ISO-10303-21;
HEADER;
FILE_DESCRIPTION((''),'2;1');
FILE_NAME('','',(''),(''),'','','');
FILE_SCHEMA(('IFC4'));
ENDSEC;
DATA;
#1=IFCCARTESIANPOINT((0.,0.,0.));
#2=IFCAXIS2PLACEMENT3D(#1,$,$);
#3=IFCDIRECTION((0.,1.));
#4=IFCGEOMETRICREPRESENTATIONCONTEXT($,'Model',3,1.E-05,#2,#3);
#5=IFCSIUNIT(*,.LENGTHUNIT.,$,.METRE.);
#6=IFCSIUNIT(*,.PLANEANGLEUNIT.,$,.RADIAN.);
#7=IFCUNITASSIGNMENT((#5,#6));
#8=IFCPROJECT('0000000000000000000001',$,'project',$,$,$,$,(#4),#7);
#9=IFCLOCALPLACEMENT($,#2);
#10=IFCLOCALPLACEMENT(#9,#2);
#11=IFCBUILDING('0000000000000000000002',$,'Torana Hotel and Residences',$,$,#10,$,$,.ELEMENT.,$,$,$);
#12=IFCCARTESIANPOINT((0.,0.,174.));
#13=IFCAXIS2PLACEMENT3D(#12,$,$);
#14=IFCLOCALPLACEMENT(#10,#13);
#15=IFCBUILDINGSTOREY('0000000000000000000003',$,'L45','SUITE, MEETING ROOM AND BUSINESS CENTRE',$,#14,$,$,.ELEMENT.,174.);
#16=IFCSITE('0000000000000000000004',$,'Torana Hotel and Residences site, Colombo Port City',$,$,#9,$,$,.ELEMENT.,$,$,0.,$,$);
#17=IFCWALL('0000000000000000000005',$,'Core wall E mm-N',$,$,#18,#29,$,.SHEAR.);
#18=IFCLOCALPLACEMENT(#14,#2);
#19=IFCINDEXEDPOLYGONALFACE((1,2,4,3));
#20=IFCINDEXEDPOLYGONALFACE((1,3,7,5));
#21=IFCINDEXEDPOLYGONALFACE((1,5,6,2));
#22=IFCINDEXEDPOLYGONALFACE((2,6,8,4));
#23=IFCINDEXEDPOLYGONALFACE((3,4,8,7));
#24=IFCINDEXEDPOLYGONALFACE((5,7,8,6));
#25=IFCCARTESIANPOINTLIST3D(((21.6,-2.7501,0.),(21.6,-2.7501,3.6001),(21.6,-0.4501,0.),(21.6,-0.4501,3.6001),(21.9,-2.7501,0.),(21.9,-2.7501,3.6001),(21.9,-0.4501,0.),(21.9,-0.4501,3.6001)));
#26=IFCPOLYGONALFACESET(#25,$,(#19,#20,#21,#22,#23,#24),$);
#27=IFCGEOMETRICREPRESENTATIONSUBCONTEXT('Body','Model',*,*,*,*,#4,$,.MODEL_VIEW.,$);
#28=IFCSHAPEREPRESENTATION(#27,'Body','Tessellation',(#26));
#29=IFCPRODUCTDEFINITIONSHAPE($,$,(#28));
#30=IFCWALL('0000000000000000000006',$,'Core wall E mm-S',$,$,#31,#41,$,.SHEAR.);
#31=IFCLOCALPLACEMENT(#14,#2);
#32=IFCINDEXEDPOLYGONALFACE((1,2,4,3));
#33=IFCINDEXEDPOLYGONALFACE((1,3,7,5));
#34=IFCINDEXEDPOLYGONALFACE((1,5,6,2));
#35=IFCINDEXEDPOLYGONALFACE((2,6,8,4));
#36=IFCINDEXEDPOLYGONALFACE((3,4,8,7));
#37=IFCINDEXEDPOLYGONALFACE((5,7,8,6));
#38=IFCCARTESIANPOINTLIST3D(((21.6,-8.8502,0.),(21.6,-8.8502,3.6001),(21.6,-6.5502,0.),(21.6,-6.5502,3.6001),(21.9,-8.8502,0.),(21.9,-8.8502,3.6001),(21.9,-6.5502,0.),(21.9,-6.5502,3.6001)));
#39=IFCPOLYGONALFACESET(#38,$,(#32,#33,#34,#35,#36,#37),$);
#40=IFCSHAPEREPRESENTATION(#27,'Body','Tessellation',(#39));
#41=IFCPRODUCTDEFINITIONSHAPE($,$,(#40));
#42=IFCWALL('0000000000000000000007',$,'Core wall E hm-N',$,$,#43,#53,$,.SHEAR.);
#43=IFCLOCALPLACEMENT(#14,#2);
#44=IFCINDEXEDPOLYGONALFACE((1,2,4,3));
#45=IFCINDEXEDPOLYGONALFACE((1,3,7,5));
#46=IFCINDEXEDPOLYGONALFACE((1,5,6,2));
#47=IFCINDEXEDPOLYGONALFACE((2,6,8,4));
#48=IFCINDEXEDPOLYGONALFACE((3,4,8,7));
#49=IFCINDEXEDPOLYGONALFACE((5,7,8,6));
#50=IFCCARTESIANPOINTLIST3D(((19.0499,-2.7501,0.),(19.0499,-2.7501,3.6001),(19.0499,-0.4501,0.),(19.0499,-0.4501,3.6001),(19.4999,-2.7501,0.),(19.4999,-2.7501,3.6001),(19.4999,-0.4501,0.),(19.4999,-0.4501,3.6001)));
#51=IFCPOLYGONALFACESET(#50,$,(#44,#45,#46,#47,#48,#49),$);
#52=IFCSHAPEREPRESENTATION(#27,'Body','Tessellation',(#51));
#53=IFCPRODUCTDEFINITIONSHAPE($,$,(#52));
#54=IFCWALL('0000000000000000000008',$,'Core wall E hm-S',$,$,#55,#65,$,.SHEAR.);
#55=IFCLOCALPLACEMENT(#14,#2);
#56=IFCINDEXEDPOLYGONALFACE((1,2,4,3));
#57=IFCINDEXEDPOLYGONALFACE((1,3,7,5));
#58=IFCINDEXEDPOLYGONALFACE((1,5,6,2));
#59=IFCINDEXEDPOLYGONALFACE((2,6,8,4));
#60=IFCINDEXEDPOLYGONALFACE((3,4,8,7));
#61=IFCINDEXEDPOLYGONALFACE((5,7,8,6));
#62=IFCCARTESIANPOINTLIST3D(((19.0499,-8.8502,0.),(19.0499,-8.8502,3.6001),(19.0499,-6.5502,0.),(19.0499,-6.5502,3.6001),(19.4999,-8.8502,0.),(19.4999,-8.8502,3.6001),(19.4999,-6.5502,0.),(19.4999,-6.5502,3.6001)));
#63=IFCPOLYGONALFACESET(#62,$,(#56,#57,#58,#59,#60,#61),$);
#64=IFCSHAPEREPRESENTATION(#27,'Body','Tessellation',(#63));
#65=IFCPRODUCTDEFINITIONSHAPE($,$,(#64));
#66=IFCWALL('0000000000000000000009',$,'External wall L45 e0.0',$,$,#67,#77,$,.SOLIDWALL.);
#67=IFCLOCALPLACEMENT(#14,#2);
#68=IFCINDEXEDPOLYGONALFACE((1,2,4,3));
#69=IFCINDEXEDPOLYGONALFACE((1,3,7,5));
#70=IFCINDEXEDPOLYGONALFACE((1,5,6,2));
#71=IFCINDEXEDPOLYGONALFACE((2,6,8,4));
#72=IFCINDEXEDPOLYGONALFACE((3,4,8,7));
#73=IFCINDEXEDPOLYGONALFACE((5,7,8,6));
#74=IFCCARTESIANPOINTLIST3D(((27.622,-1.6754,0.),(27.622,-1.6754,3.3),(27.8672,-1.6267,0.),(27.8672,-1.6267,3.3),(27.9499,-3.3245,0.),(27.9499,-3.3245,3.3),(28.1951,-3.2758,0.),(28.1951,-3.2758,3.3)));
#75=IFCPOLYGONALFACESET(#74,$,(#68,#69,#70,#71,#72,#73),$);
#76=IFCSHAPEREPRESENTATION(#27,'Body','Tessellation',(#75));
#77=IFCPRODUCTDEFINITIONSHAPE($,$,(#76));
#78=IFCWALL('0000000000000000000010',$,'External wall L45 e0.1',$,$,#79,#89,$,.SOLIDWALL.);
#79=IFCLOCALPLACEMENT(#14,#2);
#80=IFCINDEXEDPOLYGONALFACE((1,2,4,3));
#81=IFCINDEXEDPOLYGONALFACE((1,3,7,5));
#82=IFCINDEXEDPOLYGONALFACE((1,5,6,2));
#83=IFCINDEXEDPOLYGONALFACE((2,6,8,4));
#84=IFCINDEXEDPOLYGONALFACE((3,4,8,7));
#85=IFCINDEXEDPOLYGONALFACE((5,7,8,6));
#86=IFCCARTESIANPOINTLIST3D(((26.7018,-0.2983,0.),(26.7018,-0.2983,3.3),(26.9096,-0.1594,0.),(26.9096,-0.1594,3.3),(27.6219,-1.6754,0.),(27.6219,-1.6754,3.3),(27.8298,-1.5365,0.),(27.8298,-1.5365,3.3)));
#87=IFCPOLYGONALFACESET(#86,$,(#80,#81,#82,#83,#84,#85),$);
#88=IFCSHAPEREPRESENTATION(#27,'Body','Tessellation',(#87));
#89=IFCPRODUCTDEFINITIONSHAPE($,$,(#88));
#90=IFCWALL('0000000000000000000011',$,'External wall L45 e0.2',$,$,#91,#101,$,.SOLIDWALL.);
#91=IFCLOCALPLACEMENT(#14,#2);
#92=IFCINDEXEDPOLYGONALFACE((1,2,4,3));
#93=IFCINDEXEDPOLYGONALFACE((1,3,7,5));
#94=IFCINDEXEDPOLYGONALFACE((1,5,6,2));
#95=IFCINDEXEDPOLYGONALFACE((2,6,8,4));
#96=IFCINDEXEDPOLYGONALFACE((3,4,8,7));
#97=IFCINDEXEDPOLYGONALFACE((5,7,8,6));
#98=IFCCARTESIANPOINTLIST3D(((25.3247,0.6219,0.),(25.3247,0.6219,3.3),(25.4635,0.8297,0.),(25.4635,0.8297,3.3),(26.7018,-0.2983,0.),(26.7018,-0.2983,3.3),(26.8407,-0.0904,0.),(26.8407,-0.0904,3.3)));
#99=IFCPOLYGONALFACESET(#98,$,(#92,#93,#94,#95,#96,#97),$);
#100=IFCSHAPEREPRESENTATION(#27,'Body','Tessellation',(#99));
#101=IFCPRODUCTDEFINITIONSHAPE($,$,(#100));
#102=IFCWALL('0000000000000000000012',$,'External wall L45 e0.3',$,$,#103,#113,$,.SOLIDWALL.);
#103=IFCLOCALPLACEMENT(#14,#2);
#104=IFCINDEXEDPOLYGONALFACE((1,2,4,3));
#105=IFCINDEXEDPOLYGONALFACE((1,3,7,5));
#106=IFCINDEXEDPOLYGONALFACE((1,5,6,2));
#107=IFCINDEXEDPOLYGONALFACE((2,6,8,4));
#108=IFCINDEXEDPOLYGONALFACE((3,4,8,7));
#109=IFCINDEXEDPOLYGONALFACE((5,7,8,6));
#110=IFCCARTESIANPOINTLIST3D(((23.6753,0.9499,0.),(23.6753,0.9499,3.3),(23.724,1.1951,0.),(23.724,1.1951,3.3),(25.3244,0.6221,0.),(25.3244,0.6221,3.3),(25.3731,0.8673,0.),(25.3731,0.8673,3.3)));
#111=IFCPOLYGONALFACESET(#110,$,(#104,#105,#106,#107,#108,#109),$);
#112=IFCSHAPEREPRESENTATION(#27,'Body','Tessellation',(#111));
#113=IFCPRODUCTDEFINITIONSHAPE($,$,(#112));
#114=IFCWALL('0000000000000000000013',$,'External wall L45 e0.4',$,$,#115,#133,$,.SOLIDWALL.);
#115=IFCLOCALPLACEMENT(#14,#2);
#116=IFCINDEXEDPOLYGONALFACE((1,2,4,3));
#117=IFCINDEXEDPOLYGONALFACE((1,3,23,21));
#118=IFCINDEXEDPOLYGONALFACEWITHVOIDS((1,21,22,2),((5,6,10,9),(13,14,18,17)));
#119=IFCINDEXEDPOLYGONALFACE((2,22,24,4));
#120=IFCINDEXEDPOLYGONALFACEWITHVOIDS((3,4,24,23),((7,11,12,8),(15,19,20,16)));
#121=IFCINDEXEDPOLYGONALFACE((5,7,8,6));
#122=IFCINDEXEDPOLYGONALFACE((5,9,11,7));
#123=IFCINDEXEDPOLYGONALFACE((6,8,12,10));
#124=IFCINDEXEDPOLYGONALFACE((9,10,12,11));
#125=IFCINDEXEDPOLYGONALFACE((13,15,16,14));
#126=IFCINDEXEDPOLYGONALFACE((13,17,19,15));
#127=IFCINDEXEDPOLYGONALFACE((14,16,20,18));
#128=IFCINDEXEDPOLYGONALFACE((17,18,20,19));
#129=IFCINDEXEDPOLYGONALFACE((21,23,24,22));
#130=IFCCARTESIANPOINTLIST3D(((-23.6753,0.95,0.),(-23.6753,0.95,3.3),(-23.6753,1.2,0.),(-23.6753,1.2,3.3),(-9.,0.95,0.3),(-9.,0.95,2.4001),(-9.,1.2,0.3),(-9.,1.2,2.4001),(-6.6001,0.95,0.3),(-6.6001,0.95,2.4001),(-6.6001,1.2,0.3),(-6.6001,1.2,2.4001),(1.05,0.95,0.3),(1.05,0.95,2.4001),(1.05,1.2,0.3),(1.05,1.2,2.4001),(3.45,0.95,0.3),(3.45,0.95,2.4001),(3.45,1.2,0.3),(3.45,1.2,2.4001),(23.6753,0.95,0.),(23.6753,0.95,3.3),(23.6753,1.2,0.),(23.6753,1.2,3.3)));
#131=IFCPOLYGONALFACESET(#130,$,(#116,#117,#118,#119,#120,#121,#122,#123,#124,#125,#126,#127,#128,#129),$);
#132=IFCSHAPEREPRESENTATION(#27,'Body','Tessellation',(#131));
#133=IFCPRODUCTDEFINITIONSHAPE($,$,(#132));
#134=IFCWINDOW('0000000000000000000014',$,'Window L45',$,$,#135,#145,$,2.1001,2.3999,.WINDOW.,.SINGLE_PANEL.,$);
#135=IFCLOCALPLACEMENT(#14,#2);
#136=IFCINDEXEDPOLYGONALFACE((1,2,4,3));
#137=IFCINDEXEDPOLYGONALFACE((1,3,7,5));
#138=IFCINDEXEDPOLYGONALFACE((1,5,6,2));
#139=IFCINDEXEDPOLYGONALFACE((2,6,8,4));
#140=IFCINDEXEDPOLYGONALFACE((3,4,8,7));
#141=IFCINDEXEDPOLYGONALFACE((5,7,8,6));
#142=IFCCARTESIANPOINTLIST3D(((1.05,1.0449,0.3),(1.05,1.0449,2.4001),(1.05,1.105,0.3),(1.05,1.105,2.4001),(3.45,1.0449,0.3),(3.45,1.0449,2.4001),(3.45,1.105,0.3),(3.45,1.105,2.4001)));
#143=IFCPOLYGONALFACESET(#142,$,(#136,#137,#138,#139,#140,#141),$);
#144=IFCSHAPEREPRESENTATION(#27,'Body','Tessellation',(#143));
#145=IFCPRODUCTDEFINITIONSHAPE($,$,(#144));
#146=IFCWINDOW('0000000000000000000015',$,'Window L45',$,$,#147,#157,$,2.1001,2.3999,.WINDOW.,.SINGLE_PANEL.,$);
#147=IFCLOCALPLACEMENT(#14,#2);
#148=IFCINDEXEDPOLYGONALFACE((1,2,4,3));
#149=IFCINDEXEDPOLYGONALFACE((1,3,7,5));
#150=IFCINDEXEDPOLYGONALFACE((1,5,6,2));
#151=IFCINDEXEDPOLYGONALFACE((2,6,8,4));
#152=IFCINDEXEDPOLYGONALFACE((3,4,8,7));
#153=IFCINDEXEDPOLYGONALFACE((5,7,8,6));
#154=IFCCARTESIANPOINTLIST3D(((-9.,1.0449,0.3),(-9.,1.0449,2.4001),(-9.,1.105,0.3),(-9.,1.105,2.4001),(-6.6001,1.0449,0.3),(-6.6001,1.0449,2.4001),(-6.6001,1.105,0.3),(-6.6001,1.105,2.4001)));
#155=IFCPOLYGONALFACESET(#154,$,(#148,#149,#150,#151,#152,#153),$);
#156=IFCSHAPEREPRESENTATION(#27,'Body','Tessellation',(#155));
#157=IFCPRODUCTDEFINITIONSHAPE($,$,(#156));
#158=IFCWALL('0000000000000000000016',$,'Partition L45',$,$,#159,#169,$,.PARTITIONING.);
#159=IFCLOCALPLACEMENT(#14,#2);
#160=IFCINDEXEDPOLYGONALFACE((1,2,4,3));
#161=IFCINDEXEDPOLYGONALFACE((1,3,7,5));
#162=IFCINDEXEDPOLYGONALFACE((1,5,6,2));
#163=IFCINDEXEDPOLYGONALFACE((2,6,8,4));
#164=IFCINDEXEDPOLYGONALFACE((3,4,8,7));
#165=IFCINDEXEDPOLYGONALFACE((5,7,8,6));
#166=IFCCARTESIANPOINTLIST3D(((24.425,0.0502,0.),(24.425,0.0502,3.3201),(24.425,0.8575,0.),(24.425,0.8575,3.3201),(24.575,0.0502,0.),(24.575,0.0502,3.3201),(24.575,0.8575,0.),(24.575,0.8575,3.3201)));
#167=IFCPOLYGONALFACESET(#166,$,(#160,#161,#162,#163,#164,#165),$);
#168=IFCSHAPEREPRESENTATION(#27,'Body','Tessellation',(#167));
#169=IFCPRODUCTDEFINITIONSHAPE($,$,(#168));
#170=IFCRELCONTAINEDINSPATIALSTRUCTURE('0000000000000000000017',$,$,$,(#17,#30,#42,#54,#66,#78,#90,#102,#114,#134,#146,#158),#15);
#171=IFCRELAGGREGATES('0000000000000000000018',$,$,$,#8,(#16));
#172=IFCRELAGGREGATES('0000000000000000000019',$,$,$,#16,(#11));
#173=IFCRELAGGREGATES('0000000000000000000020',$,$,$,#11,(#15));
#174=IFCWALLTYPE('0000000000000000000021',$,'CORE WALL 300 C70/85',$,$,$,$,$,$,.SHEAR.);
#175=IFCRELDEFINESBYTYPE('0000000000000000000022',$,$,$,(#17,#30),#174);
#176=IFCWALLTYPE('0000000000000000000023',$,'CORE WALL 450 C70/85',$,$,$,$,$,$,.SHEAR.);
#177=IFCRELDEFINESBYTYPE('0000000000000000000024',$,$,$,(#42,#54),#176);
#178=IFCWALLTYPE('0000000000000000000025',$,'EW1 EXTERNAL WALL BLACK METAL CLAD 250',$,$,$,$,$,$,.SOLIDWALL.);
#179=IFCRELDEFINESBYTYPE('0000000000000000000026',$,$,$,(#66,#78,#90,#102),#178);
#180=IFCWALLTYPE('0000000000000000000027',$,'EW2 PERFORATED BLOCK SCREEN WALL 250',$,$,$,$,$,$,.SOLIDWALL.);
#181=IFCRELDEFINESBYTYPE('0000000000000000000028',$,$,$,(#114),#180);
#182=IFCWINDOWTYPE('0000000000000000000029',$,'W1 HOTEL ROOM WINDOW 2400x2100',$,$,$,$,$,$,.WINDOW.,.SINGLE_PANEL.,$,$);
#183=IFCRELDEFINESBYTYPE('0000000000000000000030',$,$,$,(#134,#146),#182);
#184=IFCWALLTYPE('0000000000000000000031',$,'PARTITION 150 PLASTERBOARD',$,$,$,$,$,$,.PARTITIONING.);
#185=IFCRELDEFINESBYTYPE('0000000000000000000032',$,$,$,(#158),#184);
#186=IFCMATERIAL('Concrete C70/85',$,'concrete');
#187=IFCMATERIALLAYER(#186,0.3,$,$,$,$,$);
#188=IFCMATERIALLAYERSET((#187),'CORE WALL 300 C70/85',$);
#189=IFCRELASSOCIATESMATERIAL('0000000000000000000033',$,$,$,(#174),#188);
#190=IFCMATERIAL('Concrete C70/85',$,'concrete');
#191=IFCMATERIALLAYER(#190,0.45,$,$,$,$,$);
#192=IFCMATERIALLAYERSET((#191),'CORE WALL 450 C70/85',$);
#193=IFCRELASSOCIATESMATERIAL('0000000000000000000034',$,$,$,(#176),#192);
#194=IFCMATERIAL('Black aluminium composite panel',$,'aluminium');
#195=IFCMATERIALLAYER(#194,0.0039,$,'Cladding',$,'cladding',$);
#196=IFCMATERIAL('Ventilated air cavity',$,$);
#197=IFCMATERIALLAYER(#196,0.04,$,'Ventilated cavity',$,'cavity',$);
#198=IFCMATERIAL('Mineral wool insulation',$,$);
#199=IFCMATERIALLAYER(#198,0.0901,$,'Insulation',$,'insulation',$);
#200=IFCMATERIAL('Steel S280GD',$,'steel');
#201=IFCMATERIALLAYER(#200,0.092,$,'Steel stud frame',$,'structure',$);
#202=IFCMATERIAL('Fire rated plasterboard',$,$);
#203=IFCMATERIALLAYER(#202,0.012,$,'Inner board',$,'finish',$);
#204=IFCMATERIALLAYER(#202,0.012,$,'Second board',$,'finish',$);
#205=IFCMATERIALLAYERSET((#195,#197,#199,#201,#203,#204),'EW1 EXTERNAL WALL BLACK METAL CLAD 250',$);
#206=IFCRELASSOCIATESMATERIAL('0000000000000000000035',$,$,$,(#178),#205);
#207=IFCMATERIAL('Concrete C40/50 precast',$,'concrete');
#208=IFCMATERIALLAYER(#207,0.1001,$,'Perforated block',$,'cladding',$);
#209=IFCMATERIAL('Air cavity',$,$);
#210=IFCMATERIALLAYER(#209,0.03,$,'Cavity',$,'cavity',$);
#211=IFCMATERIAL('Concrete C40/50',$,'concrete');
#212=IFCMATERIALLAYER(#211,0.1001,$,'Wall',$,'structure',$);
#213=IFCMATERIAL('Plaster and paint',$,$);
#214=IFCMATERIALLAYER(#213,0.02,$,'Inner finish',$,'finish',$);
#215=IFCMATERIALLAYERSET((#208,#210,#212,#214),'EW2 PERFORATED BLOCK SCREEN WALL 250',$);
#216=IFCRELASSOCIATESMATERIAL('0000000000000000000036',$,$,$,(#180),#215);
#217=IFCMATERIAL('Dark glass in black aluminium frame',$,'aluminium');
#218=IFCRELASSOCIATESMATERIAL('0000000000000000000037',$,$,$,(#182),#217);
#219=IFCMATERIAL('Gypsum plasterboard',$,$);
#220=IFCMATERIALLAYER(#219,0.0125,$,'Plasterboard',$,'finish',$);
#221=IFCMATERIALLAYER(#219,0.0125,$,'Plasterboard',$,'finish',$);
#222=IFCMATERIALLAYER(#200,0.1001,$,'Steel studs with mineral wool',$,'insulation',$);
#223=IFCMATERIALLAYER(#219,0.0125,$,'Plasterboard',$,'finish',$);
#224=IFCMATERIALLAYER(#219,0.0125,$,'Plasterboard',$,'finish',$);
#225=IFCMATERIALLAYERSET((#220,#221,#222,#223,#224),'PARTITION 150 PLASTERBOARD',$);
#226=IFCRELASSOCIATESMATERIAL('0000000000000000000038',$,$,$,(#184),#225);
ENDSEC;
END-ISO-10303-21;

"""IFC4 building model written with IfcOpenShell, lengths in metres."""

from ifc_helpers import new_model, si_unit, direction, frame, frame_2d, origin, place, context, subcontext, project, spatial, rectangle, extrude, material, layer, layer_set, type_object, element, fill, save


model = new_model("IFC4")

# Units and contexts
model_context = context("Model", 3, precision=1e-05, world=origin(), true_north=direction((0.0, 1.0)))
body_context = subcontext(model_context, "Body", "Model", "MODEL_VIEW")
ifc_project = project(units=[si_unit("LENGTHUNIT", "METRE"), si_unit("PLANEANGLEUNIT", "RADIAN")], contexts=[model_context])

# Site, building, storey
site_placement = place(None, origin())
site = spatial("IfcSite", under=ifc_project, at=site_placement, Name="Torana Hotel and Residences site, Colombo Port City", CompositionType="ELEMENT", RefElevation=0.0)
building_placement = place(site_placement, origin())
building = spatial("IfcBuilding", under=site, at=building_placement, Name="Torana Hotel and Residences", CompositionType="ELEMENT")
storey_placement = place(building_placement, frame((0.0, 0.0, 174.0)))
storey = spatial("IfcBuildingStorey", under=building, at=storey_placement, Name="L45", Description="SUITE, MEETING ROOM AND BUSINESS CENTRE", CompositionType="ELEMENT", Elevation=174.0)

# Walls
ifc_material_1 = material(Name="Concrete C70/85", Category="concrete")
ifc_layer_1 = layer(ifc_material_1, 0.3)
ifc_layer_set_1 = layer_set([ifc_layer_1], Name="CORE WALL 300 C70/85")
wall_type_1 = type_object("IfcWallType", Name="CORE WALL 300 C70/85", PredefinedType="SHEAR", material=ifc_layer_set_1)
for number, where, z_axis, x_axis, name in (
    (1, (21.75, -2.75, 0.0), (0.0, 0.0, 1.0), (0.0, 1.0, 0.0), "Core wall E mm-N"),
    (2, (21.75, -8.8501, 0.0), (0.0, 0.0, 1.0), (0.0, 1.0, 0.0), "Core wall E mm-S"),
):
    element("IfcWall", number, at=place(storey_placement, frame(where, z_axis=z_axis, x_axis=x_axis)), inside=storey, type_object=wall_type_1, Name=name, PredefinedType="SHEAR", context=body_context, shape_type="SweptSolid", body=[
        extrude(rectangle(XDim=2.3, YDim=0.3, at=frame_2d((1.1499, 0.0))), origin(), (0.0, 0.0, 1.0), 3.6001),
    ])
ifc_material_2 = material(Name="Concrete C70/85", Category="concrete")
ifc_layer_2 = layer(ifc_material_2, 0.45)
ifc_layer_set_2 = layer_set([ifc_layer_2], Name="CORE WALL 450 C70/85")
wall_type_2 = type_object("IfcWallType", Name="CORE WALL 450 C70/85", PredefinedType="SHEAR", material=ifc_layer_set_2)
for number, where, z_axis, x_axis, name in (
    (3, (19.2749, -2.75, 0.0), (0.0, 0.0, 1.0), (0.0, 1.0, 0.0), "Core wall E hm-N"),
    (4, (19.2749, -8.8501, 0.0), (0.0, 0.0, 1.0), (0.0, 1.0, 0.0), "Core wall E hm-S"),
):
    element("IfcWall", number, at=place(storey_placement, frame(where, z_axis=z_axis, x_axis=x_axis)), inside=storey, type_object=wall_type_2, Name=name, PredefinedType="SHEAR", context=body_context, shape_type="SweptSolid", body=[
        extrude(rectangle(XDim=2.3, YDim=0.45, at=frame_2d((1.1499, 0.0))), origin(), (0.0, 0.0, 1.0), 3.6001),
    ])
ifc_material_3 = material(Name="Black aluminium composite panel", Category="aluminium")
ifc_layer_3 = layer(ifc_material_3, 0.0039, Name="Cladding", Category="cladding")
ifc_material_4 = material(Name="Ventilated air cavity")
ifc_layer_4 = layer(ifc_material_4, 0.04, Name="Ventilated cavity", Category="cavity")
ifc_material_5 = material(Name="Mineral wool insulation")
ifc_layer_5 = layer(ifc_material_5, 0.0901, Name="Insulation", Category="insulation")
ifc_material_6 = material(Name="Steel S280GD", Category="steel")
ifc_layer_6 = layer(ifc_material_6, 0.092, Name="Steel stud frame", Category="structure")
ifc_material_7 = material(Name="Fire rated plasterboard")
ifc_layer_7 = layer(ifc_material_7, 0.012, Name="Inner board", Category="finish")
ifc_layer_8 = layer(ifc_material_7, 0.012, Name="Second board", Category="finish")
ifc_layer_set_3 = layer_set([ifc_layer_3, ifc_layer_4, ifc_layer_5, ifc_layer_6, ifc_layer_7, ifc_layer_8], Name="EW1 EXTERNAL WALL BLACK METAL CLAD 250")
wall_type_3 = type_object("IfcWallType", Name="EW1 EXTERNAL WALL BLACK METAL CLAD 250", PredefinedType="SOLIDWALL", material=ifc_layer_set_3)
wall_1_placement = place(storey_placement, frame((28.0725, -3.3003, 0.0), z_axis=(0.0, 0.0, 1.0), x_axis=(-0.194999, 0.980803, 0.0)))
element("IfcWall", 5, at=wall_1_placement, inside=storey, type_object=wall_type_3, Name="External wall L45 e0.0", PredefinedType="SOLIDWALL", context=body_context, shape_type="SweptSolid", body=[
    extrude(rectangle(XDim=1.6814, YDim=0.25, at=frame_2d((0.8408, 0.0))), origin(), (0.0, 0.0, 1.0), 3.3),
])
for number, where, z_axis, x_axis, name in (
    (6, (27.7258, -1.606, 0.0), (0.0, 0.0, 1.0), (-0.55555, 0.831483, 0.0), "External wall L45 e0.1"),
    (7, (26.7712, -0.1943, 0.0), (0.0, 0.0, 1.0), (-0.831483, 0.55555, 0.0), "External wall L45 e0.2"),
):
    element("IfcWall", number, at=place(storey_placement, frame(where, z_axis=z_axis, x_axis=x_axis)), inside=storey, type_object=wall_type_3, Name=name, PredefinedType="SOLIDWALL", context=body_context, shape_type="SweptSolid", body=[
        extrude(rectangle(XDim=1.6562, YDim=0.25, at=frame_2d((0.8281, 0.0))), origin(), (0.0, 0.0, 1.0), 3.3),
    ])
wall_2_placement = place(storey_placement, frame((25.3489, 0.7446, 0.0), z_axis=(0.0, 0.0, 1.0), x_axis=(-0.980803, 0.194999, 0.0)))
element("IfcWall", 8, at=wall_2_placement, inside=storey, type_object=wall_type_3, Name="External wall L45 e0.3", PredefinedType="SOLIDWALL", context=body_context, shape_type="SweptSolid", body=[
    extrude(rectangle(XDim=1.6814, YDim=0.25, at=frame_2d((0.8408, 0.0))), origin(), (0.0, 0.0, 1.0), 3.3),
])

# Wall, openings, windows
ifc_material_8 = material(Name="Concrete C40/50 precast", Category="concrete")
ifc_layer_9 = layer(ifc_material_8, 0.1001, Name="Perforated block", Category="cladding")
ifc_material_9 = material(Name="Air cavity")
ifc_layer_10 = layer(ifc_material_9, 0.03, Name="Cavity", Category="cavity")
ifc_material_10 = material(Name="Concrete C40/50", Category="concrete")
ifc_layer_11 = layer(ifc_material_10, 0.1001, Name="Wall", Category="structure")
ifc_material_11 = material(Name="Plaster and paint")
ifc_layer_12 = layer(ifc_material_11, 0.02, Name="Inner finish", Category="finish")
ifc_layer_set_4 = layer_set([ifc_layer_9, ifc_layer_10, ifc_layer_11, ifc_layer_12], Name="EW2 PERFORATED BLOCK SCREEN WALL 250")
wall_type_4 = type_object("IfcWallType", Name="EW2 PERFORATED BLOCK SCREEN WALL 250", PredefinedType="SOLIDWALL", material=ifc_layer_set_4)
wall_3_placement = place(storey_placement, frame((23.6753, 1.075, 0.0), z_axis=(0.0, 0.0, 1.0), x_axis=(-1.0, 0.0, 0.0)))
wall_3 = element("IfcWall", 9, at=wall_3_placement, inside=storey, type_object=wall_type_4, Name="External wall L45 e0.4", PredefinedType="SOLIDWALL", context=body_context, shape_type="SweptSolid", body=[
    extrude(rectangle(XDim=47.3506, YDim=0.25, at=frame_2d((23.6753, 0.0))), origin(), (0.0, 0.0, 1.0), 3.3),
])
opening_1_placement = place(wall_3_placement, frame((20.2253, 0.0, 0.3)))
opening_1 = element("IfcOpeningElement", 10, at=opening_1_placement, cuts=wall_3, PredefinedType="OPENING", context=body_context, shape_type="SweptSolid", body=[
    extrude(rectangle(XDim=2.3999, YDim=2.1001, at=frame_2d((1.2, 1.05))), frame((0.0, 0.135, 0.0), z_axis=(0.0, -1.0, 0.0), x_axis=(1.0, 0.0, 0.0)), (0.0, 0.0, 1.0), 0.27),
])
opening_2_placement = place(wall_3_placement, frame((30.2754, 0.0, 0.3)))
opening_2 = element("IfcOpeningElement", 11, at=opening_2_placement, cuts=wall_3, PredefinedType="OPENING", context=body_context, shape_type="SweptSolid", body=[
    extrude(rectangle(XDim=2.3999, YDim=2.1001, at=frame_2d((1.2, 1.05))), frame((0.0, 0.135, 0.0), z_axis=(0.0, -1.0, 0.0), x_axis=(1.0, 0.0, 0.0)), (0.0, 0.0, 1.0), 0.27),
])
ifc_material_12 = material(Name="Dark glass in black aluminium frame", Category="aluminium")
window_type = type_object("IfcWindowType", Name="W1 HOTEL ROOM WINDOW 2400x2100", PartitioningType="SINGLE_PANEL", PredefinedType="WINDOW", material=ifc_material_12)
window_1_placement = place(opening_1_placement, origin())
window_1 = element("IfcWindow", 12, at=window_1_placement, inside=storey, type_object=window_type, Name="Window L45", OverallHeight=2.1001, OverallWidth=2.3999, PartitioningType="SINGLE_PANEL", PredefinedType="WINDOW", context=body_context, shape_type="SweptSolid", body=[
    extrude(rectangle(XDim=2.3999, YDim=2.1001, at=frame_2d((1.2, 1.05))), frame((0.0, 0.03, 0.0), z_axis=(0.0, -1.0, 0.0), x_axis=(1.0, 0.0, 0.0)), (0.0, 0.0, 1.0), 0.0601),
])
fill(opening_1, window_1)
window_2_placement = place(opening_2_placement, origin())
window_2 = element("IfcWindow", 13, at=window_2_placement, inside=storey, type_object=window_type, Name="Window L45", OverallHeight=2.1001, OverallWidth=2.3999, PartitioningType="SINGLE_PANEL", PredefinedType="WINDOW", context=body_context, shape_type="SweptSolid", body=[
    extrude(rectangle(XDim=2.3999, YDim=2.1001, at=frame_2d((1.2, 1.05))), frame((0.0, 0.03, 0.0), z_axis=(0.0, -1.0, 0.0), x_axis=(1.0, 0.0, 0.0)), (0.0, 0.0, 1.0), 0.0601),
])
fill(opening_2, window_2)

# Wall
ifc_material_13 = material(Name="Gypsum plasterboard")
ifc_layer_13 = layer(ifc_material_13, 0.0125, Name="Plasterboard", Category="finish")
ifc_layer_14 = layer(ifc_material_13, 0.0125, Name="Plasterboard", Category="finish")
ifc_layer_15 = layer(ifc_material_6, 0.1001, Name="Steel studs with mineral wool", Category="insulation")
ifc_layer_16 = layer(ifc_material_13, 0.0125, Name="Plasterboard", Category="finish")
ifc_layer_17 = layer(ifc_material_13, 0.0125, Name="Plasterboard", Category="finish")
ifc_layer_set_5 = layer_set([ifc_layer_13, ifc_layer_14, ifc_layer_15, ifc_layer_16, ifc_layer_17], Name="PARTITION 150 PLASTERBOARD")
wall_type_5 = type_object("IfcWallType", Name="PARTITION 150 PLASTERBOARD", PredefinedType="PARTITIONING", material=ifc_layer_set_5)
wall_4_placement = place(storey_placement, frame((24.5, 0.05, 0.0), z_axis=(0.0, 0.0, 1.0), x_axis=(0.0, 1.0, 0.0)))
element("IfcWall", 14, at=wall_4_placement, inside=storey, type_object=wall_type_5, Name="Partition L45", PredefinedType="PARTITIONING", context=body_context, shape_type="SweptSolid", body=[
    extrude(rectangle(XDim=0.8074, YDim=0.1499, at=frame_2d((0.4038, 0.0))), origin(), (0.0, 0.0, 1.0), 3.3201),
])

save(model, "model.ifc")
